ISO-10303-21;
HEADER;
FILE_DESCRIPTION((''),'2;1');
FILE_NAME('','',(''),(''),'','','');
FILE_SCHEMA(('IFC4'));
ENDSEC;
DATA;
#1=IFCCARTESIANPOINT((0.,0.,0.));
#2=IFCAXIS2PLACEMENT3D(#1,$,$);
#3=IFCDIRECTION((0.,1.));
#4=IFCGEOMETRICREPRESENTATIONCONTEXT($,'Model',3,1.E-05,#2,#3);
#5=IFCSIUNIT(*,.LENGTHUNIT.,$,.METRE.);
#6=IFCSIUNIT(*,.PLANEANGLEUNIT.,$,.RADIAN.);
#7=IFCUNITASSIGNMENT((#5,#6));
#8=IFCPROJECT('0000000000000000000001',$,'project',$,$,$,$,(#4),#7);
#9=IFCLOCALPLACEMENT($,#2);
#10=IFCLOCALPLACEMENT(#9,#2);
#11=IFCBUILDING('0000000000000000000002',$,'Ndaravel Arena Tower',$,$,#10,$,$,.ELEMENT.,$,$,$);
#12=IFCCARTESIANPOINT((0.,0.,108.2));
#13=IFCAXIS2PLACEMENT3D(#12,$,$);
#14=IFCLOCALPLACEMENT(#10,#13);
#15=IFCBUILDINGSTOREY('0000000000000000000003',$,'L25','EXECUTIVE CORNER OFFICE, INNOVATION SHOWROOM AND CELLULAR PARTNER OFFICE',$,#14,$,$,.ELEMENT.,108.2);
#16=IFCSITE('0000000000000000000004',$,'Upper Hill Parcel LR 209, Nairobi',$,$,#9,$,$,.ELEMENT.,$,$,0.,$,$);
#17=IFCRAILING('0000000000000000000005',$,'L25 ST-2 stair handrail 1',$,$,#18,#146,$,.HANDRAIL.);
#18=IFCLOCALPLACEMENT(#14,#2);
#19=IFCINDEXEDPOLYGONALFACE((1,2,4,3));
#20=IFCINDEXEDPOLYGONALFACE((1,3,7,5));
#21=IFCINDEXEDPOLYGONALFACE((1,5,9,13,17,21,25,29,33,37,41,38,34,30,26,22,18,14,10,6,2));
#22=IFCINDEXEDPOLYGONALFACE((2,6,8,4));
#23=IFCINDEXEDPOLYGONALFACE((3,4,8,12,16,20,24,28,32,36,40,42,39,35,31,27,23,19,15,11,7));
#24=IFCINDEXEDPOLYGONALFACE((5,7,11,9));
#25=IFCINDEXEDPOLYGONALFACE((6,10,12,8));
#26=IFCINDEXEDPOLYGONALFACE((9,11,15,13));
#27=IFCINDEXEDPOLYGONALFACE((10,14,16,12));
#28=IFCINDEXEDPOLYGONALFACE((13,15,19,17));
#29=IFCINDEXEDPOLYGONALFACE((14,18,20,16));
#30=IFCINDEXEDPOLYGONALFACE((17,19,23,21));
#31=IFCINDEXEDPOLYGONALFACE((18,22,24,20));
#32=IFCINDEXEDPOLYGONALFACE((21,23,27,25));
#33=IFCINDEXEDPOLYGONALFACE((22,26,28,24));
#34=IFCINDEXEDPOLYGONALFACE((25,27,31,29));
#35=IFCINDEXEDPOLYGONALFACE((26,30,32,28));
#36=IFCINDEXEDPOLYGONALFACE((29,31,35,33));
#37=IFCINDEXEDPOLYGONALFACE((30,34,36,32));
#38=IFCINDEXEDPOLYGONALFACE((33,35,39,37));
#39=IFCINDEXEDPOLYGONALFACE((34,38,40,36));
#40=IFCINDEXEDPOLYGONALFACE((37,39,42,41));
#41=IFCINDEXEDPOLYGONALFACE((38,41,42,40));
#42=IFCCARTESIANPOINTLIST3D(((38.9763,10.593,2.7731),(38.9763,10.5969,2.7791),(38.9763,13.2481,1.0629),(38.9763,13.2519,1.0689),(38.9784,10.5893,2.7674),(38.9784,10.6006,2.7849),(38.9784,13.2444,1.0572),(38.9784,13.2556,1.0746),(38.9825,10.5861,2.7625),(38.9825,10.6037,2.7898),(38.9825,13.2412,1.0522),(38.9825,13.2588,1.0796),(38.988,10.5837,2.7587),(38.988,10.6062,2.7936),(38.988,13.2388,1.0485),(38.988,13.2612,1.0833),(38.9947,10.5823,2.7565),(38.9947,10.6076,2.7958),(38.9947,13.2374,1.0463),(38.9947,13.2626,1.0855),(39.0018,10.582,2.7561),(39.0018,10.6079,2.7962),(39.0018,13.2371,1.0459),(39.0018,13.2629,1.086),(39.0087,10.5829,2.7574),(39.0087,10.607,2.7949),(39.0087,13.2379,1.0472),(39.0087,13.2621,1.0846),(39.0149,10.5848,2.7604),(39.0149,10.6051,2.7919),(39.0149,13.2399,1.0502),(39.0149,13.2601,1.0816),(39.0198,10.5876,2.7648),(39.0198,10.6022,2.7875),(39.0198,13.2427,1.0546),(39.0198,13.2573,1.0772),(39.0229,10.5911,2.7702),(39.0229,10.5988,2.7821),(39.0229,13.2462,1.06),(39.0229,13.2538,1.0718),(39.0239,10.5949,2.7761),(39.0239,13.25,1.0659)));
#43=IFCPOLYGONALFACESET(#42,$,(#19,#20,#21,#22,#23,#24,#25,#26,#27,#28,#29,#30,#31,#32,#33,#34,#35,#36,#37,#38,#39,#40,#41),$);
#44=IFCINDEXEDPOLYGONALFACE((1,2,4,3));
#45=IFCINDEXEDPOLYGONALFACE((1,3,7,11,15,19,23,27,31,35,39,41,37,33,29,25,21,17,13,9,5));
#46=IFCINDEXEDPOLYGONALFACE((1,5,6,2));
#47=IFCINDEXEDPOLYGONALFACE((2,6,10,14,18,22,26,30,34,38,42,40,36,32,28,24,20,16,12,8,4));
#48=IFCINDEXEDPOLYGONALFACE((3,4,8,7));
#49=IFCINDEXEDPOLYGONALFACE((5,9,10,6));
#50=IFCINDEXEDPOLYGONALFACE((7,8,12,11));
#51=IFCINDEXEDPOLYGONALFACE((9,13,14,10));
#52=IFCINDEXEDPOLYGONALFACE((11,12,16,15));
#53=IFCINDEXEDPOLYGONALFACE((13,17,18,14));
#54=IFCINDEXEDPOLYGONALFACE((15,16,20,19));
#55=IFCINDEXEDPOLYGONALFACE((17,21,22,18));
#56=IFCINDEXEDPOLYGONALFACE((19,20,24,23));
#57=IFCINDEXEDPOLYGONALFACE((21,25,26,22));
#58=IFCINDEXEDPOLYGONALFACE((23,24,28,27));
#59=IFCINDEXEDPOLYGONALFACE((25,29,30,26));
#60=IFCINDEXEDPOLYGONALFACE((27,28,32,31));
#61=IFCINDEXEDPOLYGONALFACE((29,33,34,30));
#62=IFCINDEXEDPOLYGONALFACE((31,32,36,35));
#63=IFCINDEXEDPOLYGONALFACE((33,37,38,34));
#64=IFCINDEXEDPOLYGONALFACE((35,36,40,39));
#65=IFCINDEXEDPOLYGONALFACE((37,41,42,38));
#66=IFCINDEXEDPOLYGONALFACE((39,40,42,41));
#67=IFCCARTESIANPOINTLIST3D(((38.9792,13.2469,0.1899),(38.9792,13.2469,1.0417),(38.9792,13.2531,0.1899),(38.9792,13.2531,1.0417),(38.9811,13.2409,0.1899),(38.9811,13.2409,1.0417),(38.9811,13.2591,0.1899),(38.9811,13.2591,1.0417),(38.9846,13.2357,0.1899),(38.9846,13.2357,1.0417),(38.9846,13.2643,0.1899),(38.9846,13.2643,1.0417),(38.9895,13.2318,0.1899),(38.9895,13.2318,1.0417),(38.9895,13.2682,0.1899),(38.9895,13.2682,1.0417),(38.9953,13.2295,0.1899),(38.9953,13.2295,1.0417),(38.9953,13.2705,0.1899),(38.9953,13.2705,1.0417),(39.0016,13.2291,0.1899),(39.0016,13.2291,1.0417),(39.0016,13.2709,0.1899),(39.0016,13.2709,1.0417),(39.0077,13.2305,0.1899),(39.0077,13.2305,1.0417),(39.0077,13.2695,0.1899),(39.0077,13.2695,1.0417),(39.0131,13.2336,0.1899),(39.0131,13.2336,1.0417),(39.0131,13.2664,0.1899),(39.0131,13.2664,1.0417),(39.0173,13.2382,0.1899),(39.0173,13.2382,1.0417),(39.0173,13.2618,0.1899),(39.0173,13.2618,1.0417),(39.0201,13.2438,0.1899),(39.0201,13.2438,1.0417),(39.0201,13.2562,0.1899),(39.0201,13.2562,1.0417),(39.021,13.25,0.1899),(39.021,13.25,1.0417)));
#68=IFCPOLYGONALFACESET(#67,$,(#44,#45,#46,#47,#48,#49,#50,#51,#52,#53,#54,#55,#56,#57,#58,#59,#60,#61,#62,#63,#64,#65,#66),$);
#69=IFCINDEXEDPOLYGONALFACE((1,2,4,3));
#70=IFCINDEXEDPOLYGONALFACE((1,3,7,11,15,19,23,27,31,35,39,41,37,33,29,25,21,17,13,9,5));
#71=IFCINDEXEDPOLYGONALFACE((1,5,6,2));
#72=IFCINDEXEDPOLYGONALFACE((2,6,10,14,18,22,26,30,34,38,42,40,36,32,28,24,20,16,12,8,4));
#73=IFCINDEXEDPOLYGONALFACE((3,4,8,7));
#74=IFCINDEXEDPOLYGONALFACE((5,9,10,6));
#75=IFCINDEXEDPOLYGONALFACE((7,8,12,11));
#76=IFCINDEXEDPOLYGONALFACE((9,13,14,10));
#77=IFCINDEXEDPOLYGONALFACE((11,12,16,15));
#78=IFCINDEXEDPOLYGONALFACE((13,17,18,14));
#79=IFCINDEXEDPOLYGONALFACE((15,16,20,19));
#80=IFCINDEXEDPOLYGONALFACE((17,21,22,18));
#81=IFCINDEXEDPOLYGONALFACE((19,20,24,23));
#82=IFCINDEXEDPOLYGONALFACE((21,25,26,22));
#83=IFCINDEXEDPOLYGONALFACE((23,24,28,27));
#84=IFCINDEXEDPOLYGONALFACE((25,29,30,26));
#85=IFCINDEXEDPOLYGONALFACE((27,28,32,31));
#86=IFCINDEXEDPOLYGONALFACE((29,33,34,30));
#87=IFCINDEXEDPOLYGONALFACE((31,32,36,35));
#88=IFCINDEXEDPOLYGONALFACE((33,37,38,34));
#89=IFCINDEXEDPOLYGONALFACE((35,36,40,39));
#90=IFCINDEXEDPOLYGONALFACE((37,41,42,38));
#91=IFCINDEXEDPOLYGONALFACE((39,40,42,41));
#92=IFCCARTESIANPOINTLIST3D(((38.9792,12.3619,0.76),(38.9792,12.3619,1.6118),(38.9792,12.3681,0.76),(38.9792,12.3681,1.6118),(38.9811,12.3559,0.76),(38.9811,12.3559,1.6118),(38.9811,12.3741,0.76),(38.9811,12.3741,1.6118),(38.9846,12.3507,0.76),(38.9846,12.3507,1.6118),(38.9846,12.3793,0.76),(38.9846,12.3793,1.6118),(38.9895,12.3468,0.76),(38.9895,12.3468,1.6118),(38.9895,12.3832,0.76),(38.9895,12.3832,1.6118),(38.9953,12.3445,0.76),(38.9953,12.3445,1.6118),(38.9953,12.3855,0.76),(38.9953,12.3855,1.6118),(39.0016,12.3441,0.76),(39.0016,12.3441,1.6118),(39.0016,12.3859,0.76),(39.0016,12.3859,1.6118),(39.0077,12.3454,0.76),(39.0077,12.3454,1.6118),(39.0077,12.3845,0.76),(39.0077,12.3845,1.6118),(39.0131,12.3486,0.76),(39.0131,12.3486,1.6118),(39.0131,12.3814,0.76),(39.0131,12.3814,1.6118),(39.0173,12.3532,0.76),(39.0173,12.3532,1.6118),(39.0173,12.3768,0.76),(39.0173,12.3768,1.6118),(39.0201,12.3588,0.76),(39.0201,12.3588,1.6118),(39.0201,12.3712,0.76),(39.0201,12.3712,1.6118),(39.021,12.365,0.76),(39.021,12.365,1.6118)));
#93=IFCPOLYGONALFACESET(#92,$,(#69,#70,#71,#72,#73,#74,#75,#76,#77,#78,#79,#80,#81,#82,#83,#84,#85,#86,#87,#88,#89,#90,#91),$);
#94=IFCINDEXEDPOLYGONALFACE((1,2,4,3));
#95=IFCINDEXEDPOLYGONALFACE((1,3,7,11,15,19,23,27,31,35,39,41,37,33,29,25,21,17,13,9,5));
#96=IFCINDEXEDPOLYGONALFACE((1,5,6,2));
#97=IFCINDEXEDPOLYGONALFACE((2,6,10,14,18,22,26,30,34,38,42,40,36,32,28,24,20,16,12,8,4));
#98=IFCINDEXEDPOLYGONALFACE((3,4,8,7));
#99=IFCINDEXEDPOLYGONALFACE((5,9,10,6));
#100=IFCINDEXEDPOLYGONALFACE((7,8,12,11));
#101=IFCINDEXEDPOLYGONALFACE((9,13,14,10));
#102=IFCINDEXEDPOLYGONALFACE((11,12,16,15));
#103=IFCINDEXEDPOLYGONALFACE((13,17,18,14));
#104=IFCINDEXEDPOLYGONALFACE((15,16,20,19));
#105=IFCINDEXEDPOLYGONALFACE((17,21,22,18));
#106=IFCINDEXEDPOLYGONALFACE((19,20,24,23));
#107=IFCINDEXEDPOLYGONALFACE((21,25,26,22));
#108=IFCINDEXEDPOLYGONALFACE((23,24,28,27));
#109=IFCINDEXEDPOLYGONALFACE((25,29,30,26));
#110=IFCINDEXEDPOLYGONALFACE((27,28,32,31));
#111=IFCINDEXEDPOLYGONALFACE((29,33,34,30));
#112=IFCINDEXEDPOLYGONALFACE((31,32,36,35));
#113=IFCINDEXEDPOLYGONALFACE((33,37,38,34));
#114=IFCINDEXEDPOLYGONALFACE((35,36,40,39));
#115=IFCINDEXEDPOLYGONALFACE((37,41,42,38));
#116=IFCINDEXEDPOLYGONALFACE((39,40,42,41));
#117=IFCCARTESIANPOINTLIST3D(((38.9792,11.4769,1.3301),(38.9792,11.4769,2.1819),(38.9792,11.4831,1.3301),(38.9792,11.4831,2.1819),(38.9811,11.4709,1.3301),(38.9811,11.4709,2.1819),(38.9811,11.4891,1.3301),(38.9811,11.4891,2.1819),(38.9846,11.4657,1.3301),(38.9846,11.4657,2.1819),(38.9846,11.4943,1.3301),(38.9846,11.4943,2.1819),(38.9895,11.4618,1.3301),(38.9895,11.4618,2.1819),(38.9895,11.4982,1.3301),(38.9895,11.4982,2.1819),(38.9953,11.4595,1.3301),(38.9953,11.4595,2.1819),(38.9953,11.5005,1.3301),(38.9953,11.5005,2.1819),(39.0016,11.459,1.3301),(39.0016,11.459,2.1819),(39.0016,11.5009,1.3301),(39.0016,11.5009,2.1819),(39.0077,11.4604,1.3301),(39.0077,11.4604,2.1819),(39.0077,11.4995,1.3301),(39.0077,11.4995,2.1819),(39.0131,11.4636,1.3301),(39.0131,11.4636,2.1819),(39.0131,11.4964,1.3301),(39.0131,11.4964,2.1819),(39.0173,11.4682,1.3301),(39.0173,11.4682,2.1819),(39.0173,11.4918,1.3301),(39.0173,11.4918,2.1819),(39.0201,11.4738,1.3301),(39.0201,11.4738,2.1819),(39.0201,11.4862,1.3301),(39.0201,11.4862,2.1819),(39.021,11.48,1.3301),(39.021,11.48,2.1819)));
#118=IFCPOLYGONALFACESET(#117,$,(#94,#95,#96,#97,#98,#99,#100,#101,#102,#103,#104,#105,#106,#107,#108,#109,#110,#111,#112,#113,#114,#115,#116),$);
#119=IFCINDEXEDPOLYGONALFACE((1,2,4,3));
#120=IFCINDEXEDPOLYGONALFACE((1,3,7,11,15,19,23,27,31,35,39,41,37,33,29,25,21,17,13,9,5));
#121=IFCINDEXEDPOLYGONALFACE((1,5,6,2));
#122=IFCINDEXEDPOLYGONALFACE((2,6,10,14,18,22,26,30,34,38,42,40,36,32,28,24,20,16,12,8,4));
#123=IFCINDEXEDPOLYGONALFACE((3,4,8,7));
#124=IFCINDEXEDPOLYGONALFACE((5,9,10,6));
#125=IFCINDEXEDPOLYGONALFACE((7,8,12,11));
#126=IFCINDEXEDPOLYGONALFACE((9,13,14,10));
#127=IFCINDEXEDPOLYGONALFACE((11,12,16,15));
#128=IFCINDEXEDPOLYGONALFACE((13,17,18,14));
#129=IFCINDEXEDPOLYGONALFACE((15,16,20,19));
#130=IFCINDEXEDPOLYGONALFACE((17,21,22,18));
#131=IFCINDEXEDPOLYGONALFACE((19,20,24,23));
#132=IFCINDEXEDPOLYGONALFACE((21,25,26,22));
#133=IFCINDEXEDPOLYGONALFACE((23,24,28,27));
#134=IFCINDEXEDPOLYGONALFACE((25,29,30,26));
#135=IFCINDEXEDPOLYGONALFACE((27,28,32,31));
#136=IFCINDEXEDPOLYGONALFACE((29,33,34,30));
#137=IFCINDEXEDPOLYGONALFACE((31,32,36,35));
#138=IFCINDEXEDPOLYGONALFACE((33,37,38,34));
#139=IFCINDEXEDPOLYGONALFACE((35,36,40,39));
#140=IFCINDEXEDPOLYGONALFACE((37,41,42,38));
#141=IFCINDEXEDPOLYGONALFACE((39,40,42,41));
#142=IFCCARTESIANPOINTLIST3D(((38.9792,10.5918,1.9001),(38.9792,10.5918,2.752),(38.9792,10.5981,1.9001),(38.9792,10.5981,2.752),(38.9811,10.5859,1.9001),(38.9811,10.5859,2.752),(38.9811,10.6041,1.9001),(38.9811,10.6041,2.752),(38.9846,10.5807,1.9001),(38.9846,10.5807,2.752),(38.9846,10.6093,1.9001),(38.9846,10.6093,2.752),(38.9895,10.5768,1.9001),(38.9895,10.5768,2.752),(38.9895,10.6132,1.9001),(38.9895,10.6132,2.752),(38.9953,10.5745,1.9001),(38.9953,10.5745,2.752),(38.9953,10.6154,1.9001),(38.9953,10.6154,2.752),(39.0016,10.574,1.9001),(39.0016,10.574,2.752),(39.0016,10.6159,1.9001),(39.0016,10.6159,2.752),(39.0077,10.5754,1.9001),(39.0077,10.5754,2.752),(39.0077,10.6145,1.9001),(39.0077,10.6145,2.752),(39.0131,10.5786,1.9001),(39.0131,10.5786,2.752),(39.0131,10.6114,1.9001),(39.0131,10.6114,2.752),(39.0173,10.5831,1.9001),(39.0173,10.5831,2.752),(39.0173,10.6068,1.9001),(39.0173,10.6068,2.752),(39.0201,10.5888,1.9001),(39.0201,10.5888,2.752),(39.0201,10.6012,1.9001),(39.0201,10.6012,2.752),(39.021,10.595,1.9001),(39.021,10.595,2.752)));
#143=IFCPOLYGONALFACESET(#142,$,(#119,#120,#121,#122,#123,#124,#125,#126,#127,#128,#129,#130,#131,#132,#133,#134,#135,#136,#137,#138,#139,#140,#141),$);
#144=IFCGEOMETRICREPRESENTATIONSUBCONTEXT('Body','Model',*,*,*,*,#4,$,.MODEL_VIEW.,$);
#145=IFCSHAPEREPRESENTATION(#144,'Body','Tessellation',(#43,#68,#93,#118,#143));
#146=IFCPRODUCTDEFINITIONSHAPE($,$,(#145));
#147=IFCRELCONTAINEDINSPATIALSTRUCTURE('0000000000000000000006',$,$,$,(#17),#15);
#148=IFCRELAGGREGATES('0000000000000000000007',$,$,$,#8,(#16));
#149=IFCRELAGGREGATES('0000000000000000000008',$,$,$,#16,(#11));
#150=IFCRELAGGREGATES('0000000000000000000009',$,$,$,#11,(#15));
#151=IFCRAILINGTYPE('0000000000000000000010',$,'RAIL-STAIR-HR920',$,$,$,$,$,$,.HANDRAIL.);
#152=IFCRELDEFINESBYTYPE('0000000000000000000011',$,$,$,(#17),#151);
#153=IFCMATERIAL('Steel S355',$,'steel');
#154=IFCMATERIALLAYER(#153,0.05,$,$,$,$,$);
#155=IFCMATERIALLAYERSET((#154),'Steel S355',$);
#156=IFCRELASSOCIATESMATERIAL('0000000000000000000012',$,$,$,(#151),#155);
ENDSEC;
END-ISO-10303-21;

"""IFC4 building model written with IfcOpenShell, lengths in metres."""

from ifc_helpers import new_model, si_unit, direction, frame, origin, origin_2d, place, context, subcontext, project, spatial, circle, extrude, material, layer, layer_set, type_object, element, save


model = new_model("IFC4")

# Units and contexts
model_context = context("Model", 3, precision=1e-05, world=origin(), true_north=direction((0.0, 1.0)))
body_context = subcontext(model_context, "Body", "Model", "MODEL_VIEW")
ifc_project = project(units=[si_unit("LENGTHUNIT", "METRE"), si_unit("PLANEANGLEUNIT", "RADIAN")], contexts=[model_context])

# Site, building, storey
site_placement = place(None, origin())
site = spatial("IfcSite", under=ifc_project, at=site_placement, Name="Upper Hill Parcel LR 209, Nairobi", CompositionType="ELEMENT", RefElevation=0.0)
building_placement = place(site_placement, origin())
building = spatial("IfcBuilding", under=site, at=building_placement, Name="Ndaravel Arena Tower", CompositionType="ELEMENT")
storey_placement = place(building_placement, frame((0.0, 0.0, 108.2)))
storey = spatial("IfcBuildingStorey", under=building, at=storey_placement, Name="L25", Description="EXECUTIVE CORNER OFFICE, INNOVATION SHOWROOM AND CELLULAR PARTNER OFFICE", CompositionType="ELEMENT", Elevation=108.2)

# Railing
ifc_material_1 = material(Name="Steel S355", Category="steel")
ifc_layer_1 = layer(ifc_material_1, 0.05)
ifc_layer_set_1 = layer_set([ifc_layer_1], Name="Steel S355")
railing_type_1 = type_object("IfcRailingType", Name="RAIL-STAIR-HR920", PredefinedType="HANDRAIL", material=ifc_layer_set_1)
railing_1_placement = place(storey_placement, frame((39.0, 13.25, 0.1899)))
element("IfcRailing", 1, at=railing_1_placement, inside=storey, type_object=railing_type_1, Name="L25 ST-2 stair handrail 1", PredefinedType="HANDRAIL", context=body_context, shape_type="SweptSolid", body=[
    extrude(circle(Radius=0.0239, at=origin_2d()), frame((0.0, 0.0, 0.876), z_axis=(0.0, -0.840688, 0.541519), x_axis=(1.0, 0.0, 0.0)), (0.0, 0.0, 1.0), 3.1582),
    extrude(circle(Radius=0.021, at=origin_2d()), origin(), (0.0, 0.0, 1.0), 0.8518),
    extrude(circle(Radius=0.021, at=origin_2d()), frame((0.0, -0.885, 0.5701)), (0.0, 0.0, 1.0), 0.8518),
    extrude(circle(Radius=0.021, at=origin_2d()), frame((0.0, -1.77, 1.1401)), (0.0, 0.0, 1.0), 0.8518),
    extrude(circle(Radius=0.021, at=origin_2d()), frame((0.0, -2.655, 1.7102)), (0.0, 0.0, 1.0), 0.8518),
])

save(model, "model.ifc")
